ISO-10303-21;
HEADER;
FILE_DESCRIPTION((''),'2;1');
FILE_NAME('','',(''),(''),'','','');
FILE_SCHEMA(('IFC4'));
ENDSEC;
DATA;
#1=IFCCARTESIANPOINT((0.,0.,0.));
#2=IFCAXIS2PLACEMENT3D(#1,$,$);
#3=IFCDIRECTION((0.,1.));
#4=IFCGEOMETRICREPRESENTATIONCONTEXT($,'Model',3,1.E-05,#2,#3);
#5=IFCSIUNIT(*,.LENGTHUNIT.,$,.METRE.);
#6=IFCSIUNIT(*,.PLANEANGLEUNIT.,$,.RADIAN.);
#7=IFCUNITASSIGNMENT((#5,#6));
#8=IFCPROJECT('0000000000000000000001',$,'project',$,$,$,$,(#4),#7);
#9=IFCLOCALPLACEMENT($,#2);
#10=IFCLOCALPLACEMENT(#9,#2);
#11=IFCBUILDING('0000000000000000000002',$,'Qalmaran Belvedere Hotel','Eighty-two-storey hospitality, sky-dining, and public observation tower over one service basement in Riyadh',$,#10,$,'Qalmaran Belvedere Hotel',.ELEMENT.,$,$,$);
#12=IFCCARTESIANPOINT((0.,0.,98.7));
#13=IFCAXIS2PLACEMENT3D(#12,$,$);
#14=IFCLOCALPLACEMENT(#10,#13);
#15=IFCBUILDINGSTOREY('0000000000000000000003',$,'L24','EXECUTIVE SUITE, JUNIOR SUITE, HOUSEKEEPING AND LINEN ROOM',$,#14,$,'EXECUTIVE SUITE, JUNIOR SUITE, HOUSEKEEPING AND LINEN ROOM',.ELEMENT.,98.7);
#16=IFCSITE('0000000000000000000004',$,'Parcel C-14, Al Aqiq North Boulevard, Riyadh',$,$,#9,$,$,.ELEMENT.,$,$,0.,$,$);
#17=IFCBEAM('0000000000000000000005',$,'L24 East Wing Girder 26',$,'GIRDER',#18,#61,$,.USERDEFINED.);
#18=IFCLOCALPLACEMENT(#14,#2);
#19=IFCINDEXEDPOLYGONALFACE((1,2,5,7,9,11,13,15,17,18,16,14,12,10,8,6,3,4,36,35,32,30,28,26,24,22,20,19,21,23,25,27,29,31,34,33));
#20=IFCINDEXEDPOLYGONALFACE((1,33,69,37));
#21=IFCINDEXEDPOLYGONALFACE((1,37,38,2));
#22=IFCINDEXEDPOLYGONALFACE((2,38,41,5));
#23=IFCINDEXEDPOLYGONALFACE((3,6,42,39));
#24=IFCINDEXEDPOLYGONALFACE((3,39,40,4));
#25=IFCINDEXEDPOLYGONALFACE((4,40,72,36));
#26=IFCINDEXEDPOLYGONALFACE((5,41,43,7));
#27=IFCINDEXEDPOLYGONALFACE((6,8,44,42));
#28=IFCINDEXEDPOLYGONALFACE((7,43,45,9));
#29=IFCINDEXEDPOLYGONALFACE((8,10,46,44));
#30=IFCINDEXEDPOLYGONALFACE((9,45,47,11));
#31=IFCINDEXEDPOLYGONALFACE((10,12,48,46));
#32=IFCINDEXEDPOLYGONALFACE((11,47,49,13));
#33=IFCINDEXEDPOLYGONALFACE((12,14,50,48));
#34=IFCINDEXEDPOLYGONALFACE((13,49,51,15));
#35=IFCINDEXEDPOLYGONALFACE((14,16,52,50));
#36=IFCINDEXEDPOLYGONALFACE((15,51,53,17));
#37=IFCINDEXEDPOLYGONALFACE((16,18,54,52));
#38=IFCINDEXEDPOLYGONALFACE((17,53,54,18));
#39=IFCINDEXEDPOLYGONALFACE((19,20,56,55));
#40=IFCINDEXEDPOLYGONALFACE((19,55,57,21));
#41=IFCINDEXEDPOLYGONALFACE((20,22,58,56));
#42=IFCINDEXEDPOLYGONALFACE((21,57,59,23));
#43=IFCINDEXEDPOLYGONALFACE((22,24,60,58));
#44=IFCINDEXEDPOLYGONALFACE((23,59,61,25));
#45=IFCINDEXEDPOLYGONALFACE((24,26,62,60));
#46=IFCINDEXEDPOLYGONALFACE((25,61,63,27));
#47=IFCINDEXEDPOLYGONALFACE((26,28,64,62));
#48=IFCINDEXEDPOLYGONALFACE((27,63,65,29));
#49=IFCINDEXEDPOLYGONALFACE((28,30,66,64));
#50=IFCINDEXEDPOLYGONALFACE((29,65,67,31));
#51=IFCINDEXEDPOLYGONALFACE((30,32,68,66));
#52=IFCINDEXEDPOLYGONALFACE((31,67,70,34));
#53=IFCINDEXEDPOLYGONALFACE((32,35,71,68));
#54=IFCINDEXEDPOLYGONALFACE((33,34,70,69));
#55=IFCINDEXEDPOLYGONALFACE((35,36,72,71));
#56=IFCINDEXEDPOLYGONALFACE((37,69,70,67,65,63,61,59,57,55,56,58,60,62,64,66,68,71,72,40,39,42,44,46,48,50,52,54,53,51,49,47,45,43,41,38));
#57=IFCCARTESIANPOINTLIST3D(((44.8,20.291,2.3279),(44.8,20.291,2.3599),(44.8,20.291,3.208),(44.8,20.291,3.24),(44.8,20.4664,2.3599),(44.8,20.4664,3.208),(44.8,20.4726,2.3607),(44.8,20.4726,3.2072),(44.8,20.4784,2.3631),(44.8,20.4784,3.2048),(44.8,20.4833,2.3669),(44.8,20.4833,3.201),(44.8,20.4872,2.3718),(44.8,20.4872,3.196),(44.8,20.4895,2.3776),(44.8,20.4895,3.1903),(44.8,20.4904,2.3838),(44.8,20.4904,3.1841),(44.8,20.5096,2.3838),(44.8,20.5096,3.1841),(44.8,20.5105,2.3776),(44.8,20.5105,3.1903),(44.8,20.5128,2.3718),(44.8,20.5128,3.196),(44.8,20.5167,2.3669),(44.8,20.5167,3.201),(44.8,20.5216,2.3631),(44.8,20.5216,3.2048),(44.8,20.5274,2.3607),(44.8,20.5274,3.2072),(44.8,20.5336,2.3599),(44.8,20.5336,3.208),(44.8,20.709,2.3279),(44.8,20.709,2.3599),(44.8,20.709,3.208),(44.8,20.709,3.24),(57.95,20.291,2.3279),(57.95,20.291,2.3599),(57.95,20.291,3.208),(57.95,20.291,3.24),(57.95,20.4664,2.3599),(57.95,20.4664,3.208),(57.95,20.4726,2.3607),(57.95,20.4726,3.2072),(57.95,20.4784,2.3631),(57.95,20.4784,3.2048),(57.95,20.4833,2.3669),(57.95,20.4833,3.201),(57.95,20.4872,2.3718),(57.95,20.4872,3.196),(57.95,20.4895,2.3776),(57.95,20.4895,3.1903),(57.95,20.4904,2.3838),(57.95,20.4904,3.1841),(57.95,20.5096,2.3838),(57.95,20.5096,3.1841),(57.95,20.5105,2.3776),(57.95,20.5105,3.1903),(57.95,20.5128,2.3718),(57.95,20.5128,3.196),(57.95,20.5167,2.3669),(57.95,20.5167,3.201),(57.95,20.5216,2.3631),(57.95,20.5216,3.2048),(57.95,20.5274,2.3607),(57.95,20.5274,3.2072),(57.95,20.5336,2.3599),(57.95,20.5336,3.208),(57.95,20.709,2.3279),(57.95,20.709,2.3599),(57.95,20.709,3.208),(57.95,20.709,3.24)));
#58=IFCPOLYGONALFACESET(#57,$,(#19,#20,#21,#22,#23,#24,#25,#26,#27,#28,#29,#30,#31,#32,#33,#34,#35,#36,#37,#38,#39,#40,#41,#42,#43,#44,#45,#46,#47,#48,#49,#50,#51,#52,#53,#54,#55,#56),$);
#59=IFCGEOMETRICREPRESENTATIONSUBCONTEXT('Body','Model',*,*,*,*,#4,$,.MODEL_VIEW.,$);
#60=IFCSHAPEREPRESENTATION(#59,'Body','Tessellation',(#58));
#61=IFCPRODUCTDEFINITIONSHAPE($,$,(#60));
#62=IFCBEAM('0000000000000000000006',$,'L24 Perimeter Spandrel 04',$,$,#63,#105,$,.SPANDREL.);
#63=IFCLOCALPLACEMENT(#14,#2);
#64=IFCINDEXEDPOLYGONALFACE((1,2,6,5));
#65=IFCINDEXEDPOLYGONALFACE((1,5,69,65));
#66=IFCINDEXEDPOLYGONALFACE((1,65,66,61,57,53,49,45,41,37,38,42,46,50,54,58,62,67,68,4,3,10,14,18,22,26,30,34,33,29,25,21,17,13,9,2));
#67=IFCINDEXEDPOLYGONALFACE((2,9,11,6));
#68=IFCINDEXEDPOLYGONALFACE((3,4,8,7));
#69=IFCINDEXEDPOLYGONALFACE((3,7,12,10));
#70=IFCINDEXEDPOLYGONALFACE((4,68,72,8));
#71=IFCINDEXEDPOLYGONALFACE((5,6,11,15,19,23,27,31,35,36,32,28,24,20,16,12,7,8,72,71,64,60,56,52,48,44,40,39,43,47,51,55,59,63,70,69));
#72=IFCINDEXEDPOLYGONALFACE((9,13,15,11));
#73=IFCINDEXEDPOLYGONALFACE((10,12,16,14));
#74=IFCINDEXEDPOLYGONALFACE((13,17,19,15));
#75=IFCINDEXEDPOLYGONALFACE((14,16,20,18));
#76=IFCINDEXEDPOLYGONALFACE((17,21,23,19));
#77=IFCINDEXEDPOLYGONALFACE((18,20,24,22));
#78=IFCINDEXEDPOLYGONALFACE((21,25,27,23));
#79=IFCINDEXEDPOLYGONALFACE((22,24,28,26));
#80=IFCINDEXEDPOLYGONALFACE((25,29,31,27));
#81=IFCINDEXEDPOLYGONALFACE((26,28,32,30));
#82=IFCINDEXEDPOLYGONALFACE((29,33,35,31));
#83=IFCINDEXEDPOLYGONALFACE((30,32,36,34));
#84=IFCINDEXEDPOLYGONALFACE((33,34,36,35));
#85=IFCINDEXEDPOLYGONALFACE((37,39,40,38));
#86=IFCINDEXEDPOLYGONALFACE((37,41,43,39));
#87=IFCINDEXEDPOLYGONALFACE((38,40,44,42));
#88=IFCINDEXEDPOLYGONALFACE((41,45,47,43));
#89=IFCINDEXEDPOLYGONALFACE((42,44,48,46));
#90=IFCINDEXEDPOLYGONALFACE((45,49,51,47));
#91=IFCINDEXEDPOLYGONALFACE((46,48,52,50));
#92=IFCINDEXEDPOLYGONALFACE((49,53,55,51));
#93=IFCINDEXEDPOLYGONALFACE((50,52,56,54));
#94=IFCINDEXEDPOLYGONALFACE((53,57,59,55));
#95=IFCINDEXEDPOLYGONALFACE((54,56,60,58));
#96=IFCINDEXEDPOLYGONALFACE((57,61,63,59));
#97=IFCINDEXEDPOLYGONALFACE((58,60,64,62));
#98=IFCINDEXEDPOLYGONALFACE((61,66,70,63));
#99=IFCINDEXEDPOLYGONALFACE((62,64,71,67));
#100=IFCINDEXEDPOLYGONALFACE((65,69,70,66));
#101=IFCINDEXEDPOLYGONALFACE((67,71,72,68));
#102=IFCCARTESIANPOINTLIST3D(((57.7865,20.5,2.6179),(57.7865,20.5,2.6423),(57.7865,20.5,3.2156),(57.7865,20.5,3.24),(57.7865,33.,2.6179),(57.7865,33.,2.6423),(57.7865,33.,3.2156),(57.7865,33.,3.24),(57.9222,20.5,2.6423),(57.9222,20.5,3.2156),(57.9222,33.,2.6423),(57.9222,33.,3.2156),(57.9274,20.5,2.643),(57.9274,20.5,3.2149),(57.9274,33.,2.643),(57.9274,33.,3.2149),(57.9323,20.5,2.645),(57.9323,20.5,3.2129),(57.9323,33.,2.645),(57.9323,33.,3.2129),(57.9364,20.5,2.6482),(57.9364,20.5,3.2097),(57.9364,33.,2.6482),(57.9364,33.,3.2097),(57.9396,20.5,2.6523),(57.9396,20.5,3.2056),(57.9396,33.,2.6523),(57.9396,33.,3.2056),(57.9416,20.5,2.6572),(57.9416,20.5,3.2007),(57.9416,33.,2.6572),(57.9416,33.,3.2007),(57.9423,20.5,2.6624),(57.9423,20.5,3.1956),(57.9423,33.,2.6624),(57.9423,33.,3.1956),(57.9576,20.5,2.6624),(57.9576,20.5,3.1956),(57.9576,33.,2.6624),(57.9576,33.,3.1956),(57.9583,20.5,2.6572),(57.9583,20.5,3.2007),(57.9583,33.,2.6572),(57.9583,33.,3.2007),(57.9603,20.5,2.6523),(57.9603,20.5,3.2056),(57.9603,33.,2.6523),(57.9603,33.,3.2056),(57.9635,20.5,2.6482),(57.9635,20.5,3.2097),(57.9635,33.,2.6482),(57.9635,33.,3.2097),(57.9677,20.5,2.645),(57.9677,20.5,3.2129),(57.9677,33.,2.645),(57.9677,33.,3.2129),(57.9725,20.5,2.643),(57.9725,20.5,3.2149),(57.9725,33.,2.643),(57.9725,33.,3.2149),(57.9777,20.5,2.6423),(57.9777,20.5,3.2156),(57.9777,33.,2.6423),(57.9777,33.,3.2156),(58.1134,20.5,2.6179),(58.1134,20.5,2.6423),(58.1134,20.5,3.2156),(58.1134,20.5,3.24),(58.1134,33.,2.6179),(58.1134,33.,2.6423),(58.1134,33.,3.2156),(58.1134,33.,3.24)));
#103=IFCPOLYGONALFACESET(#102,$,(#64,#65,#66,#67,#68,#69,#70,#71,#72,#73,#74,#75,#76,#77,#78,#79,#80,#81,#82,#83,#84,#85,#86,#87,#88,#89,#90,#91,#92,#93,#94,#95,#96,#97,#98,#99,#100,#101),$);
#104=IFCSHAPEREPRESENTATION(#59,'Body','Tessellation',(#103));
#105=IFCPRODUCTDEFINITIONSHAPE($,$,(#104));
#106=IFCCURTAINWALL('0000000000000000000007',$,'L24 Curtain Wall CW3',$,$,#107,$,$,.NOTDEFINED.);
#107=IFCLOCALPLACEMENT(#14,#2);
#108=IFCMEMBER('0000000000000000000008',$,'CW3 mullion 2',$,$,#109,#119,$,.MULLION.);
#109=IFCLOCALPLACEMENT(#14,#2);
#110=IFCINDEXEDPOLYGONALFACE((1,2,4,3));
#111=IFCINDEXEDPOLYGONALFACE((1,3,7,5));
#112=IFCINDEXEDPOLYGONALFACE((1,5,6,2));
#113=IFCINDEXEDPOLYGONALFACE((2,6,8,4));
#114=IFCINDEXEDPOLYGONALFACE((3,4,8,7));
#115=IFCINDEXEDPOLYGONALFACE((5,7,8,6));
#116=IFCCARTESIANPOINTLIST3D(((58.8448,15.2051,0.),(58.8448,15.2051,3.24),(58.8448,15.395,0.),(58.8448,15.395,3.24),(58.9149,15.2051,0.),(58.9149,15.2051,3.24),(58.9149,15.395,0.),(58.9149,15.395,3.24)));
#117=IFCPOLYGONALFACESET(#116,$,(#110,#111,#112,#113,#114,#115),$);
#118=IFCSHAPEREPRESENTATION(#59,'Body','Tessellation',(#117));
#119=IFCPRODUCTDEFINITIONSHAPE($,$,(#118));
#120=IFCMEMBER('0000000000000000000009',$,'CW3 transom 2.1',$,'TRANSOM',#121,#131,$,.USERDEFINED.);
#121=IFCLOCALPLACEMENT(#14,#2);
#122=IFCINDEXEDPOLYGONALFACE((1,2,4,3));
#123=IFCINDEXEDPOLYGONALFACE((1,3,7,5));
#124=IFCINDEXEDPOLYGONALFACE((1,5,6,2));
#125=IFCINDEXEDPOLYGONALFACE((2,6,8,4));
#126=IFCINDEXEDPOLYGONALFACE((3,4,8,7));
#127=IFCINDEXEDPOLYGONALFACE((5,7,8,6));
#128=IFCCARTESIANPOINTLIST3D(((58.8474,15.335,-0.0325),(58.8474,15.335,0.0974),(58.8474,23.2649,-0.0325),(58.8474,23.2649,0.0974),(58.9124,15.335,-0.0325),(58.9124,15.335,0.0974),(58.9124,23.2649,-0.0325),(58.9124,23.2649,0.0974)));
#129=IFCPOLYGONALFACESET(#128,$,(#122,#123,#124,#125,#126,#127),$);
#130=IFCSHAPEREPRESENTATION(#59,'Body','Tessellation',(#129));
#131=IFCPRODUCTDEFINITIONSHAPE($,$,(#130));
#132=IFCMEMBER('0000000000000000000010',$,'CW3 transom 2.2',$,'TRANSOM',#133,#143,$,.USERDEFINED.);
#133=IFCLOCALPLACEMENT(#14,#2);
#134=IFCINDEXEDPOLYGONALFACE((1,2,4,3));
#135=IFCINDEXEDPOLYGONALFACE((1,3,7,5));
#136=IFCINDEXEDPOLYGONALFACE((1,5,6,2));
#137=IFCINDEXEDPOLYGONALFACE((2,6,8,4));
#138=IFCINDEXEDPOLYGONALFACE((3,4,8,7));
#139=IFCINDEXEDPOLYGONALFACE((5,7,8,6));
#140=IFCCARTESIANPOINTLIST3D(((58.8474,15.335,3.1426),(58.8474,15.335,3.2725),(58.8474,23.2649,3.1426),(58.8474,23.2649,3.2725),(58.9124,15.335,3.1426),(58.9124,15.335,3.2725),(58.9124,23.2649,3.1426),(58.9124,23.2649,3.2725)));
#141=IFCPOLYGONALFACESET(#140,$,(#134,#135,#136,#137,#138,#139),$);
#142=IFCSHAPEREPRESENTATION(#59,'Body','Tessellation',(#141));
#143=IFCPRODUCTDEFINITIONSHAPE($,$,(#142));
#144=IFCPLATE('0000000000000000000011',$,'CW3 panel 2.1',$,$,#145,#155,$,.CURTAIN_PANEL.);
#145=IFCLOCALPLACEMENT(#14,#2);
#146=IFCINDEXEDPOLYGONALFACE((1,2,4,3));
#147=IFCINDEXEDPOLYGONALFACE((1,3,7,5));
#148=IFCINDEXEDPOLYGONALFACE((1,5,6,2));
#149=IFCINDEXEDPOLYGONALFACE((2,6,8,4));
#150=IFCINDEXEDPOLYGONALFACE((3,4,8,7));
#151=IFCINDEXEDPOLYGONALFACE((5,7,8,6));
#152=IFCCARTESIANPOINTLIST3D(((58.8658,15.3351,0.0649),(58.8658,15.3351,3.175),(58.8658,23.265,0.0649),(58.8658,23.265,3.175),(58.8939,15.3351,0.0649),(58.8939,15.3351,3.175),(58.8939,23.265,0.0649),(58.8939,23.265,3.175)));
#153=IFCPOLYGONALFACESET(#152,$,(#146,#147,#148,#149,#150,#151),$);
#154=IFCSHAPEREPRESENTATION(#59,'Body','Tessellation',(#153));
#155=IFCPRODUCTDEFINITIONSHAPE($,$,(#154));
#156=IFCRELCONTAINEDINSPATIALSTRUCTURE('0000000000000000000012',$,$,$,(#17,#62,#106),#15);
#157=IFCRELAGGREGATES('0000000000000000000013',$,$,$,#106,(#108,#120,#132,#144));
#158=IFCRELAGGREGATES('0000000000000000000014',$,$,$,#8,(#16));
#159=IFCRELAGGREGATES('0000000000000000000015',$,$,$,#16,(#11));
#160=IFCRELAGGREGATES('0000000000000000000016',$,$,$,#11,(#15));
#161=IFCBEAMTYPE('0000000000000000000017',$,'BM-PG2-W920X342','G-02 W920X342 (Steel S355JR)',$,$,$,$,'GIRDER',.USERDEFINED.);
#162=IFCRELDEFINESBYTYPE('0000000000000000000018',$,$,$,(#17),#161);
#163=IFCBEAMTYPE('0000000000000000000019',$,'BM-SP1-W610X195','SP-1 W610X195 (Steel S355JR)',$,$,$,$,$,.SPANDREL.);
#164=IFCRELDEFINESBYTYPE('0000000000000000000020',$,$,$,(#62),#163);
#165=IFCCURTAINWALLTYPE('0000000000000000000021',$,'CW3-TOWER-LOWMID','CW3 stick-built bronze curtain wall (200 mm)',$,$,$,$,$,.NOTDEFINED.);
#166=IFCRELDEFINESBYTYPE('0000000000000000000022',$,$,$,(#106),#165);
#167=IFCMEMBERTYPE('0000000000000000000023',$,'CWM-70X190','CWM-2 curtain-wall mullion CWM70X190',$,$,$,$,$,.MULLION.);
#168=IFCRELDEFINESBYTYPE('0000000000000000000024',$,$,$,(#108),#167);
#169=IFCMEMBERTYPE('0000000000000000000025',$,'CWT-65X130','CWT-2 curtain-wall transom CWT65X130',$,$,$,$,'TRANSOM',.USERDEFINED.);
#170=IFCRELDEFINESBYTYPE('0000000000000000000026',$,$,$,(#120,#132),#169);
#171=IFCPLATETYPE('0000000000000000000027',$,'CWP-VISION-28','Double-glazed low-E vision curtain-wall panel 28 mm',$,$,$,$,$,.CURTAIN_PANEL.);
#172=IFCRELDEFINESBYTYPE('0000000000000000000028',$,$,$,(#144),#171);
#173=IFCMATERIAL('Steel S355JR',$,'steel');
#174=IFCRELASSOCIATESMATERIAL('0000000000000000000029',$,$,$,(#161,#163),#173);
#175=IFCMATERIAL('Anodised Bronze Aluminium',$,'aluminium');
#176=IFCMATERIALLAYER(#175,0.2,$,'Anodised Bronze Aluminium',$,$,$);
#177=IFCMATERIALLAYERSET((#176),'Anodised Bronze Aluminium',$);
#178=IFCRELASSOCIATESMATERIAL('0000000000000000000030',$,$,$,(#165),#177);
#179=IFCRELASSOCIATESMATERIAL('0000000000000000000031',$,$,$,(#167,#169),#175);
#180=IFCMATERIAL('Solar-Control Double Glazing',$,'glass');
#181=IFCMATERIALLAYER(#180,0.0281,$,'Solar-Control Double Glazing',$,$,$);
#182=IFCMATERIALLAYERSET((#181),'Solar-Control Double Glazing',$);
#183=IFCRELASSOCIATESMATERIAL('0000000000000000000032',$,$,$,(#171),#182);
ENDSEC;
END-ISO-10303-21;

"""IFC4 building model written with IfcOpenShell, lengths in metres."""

from ifc_helpers import new_model, si_unit, direction, frame, origin, origin_2d, place, context, subcontext, project, spatial, rectangle, i_section, extrude, material, layer, layer_set, material_profile, profile_set, type_object, element, aggregate, save


model = new_model("IFC4")

# Units and contexts
model_context = context("Model", 3, precision=1e-05, world=origin(), true_north=direction((0.0, 1.0)))
body_context = subcontext(model_context, "Body", "Model", "MODEL_VIEW")
ifc_project = project(units=[si_unit("LENGTHUNIT", "METRE"), si_unit("PLANEANGLEUNIT", "RADIAN")], contexts=[model_context])

# Site, building, storey
site_placement = place(None, origin())
site = spatial("IfcSite", under=ifc_project, at=site_placement, Name="Parcel C-14, Al Aqiq North Boulevard, Riyadh", CompositionType="ELEMENT", RefElevation=0.0)
building_placement = place(site_placement, origin())
building = spatial("IfcBuilding", under=site, at=building_placement, Name="Qalmaran Belvedere Hotel", Description="Eighty-two-storey hospitality, sky-dining, and public observation tower over one service basement in Riyadh", LongName="Qalmaran Belvedere Hotel", CompositionType="ELEMENT")
storey_placement = place(building_placement, frame((0.0, 0.0, 98.7)))
storey = spatial("IfcBuildingStorey", under=building, at=storey_placement, Name="L24", Description="EXECUTIVE SUITE, JUNIOR SUITE, HOUSEKEEPING AND LINEN ROOM", LongName="EXECUTIVE SUITE, JUNIOR SUITE, HOUSEKEEPING AND LINEN ROOM", CompositionType="ELEMENT", Elevation=98.7)

# Beams
ifc_material_1 = material(Name="Steel S355JR", Category="steel")
ifc_material_profile_1 = material_profile(ifc_material_1, i_section(OverallWidth=0.418, OverallDepth=0.9121, WebThickness=0.0193, FlangeThickness=0.032, FilletRadius=0.0239, at=origin_2d()), Name="W920X342")
ifc_profile_set_1 = profile_set([ifc_material_profile_1], Name="Steel S355JR")
beam_type_1 = type_object("IfcBeamType", Name="BM-PG2-W920X342", Description="G-02 W920X342 (Steel S355JR)", ElementType="GIRDER", PredefinedType="USERDEFINED", material=ifc_profile_set_1)
beam_1_placement = place(storey_placement, frame((44.8, 20.5, 2.7839), z_axis=(1.0, 0.0, 0.0), x_axis=(0.0, 1.0, 0.0)))
element("IfcBeam", 1, at=beam_1_placement, inside=storey, type_object=beam_type_1, Name="L24 East Wing Girder 26", ObjectType="GIRDER", PredefinedType="USERDEFINED", context=body_context, shape_type="SweptSolid", body=[
    extrude(i_section(OverallWidth=0.418, OverallDepth=0.9121, WebThickness=0.0193, FlangeThickness=0.032, FilletRadius=0.0239, at=origin_2d()), origin(), (0.0, 0.0, 1.0), 13.1499),
])
ifc_material_profile_2 = material_profile(ifc_material_1, i_section(OverallWidth=0.3269, OverallDepth=0.6221, WebThickness=0.0154, FlangeThickness=0.0244, FilletRadius=0.02, at=origin_2d()), Name="W610X195")
ifc_profile_set_2 = profile_set([ifc_material_profile_2], Name="Steel S355JR")
beam_type_2 = type_object("IfcBeamType", Name="BM-SP1-W610X195", Description="SP-1 W610X195 (Steel S355JR)", PredefinedType="SPANDREL", material=ifc_profile_set_2)
beam_2_placement = place(storey_placement, frame((57.95, 20.5, 2.929), z_axis=(0.0, 1.0, 0.0), x_axis=(-1.0, 0.0, 0.0)))
element("IfcBeam", 2, at=beam_2_placement, inside=storey, type_object=beam_type_2, Name="L24 Perimeter Spandrel 04", PredefinedType="SPANDREL", context=body_context, shape_type="SweptSolid", body=[
    extrude(i_section(OverallWidth=0.3269, OverallDepth=0.6221, WebThickness=0.0154, FlangeThickness=0.0244, FilletRadius=0.02, at=origin_2d()), origin(), (0.0, 0.0, 1.0), 12.5),
])

# Curtain wall, members, plate
ifc_material_2 = material(Name="Anodised Bronze Aluminium", Category="aluminium")
ifc_layer_1 = layer(ifc_material_2, 0.2, Name="Anodised Bronze Aluminium")
ifc_layer_set_1 = layer_set([ifc_layer_1], Name="Anodised Bronze Aluminium")
curtain_wall_type = type_object("IfcCurtainWallType", Name="CW3-TOWER-LOWMID", Description="CW3 stick-built bronze curtain wall (200 mm)", PredefinedType="NOTDEFINED", material=ifc_layer_set_1)
curtain_wall_placement = place(storey_placement, origin())
curtain_wall = element("IfcCurtainWall", 3, at=curtain_wall_placement, inside=storey, type_object=curtain_wall_type, Name="L24 Curtain Wall CW3", PredefinedType="NOTDEFINED")
ifc_material_profile_3 = material_profile(ifc_material_2, rectangle(XDim=0.0701, YDim=0.1899, at=origin_2d()), Name="CWM70X190")
ifc_profile_set_3 = profile_set([ifc_material_profile_3], Name="Anodised Bronze Aluminium")
member_type_1 = type_object("IfcMemberType", Name="CWM-70X190", Description="CWM-2 curtain-wall mullion CWM70X190", PredefinedType="MULLION", material=ifc_profile_set_3)
member_1_placement = place(storey_placement, frame((58.8799, 15.3, 0.0), z_axis=(0.0, 0.0, 1.0), x_axis=(-1.0, 0.0, 0.0)))
member_1 = element("IfcMember", 4, at=member_1_placement, type_object=member_type_1, Name="CW3 mullion 2", PredefinedType="MULLION", context=body_context, shape_type="SweptSolid", body=[
    extrude(rectangle(XDim=0.0701, YDim=0.1899, at=origin_2d()), origin(), (0.0, 0.0, 1.0), 3.24),
])
ifc_material_profile_4 = material_profile(ifc_material_2, rectangle(XDim=0.0649, YDim=0.1299, at=origin_2d()), Name="CWT65X130")
ifc_profile_set_4 = profile_set([ifc_material_profile_4], Name="Anodised Bronze Aluminium")
member_type_2 = type_object("IfcMemberType", Name="CWT-65X130", Description="CWT-2 curtain-wall transom CWT65X130", ElementType="TRANSOM", PredefinedType="USERDEFINED", material=ifc_profile_set_4)
member_2_placement = place(storey_placement, frame((58.8799, 15.335, 0.0325), z_axis=(0.0, 1.0, 0.0), x_axis=(-1.0, 0.0, 0.0)))
member_2 = element("IfcMember", 5, at=member_2_placement, type_object=member_type_2, Name="CW3 transom 2.1", ObjectType="TRANSOM", PredefinedType="USERDEFINED", context=body_context, shape_type="SweptSolid", body=[
    extrude(rectangle(XDim=0.0649, YDim=0.1299, at=origin_2d()), origin(), (0.0, 0.0, 1.0), 7.9299),
])
member_3_placement = place(storey_placement, frame((58.8799, 15.335, 3.2075), z_axis=(0.0, 1.0, 0.0), x_axis=(-1.0, 0.0, 0.0)))
member_3 = element("IfcMember", 6, at=member_3_placement, type_object=member_type_2, Name="CW3 transom 2.2", ObjectType="TRANSOM", PredefinedType="USERDEFINED", context=body_context, shape_type="SweptSolid", body=[
    extrude(rectangle(XDim=0.0649, YDim=0.1299, at=origin_2d()), origin(), (0.0, 0.0, 1.0), 7.9299),
])
ifc_material_3 = material(Name="Solar-Control Double Glazing", Category="glass")
ifc_layer_2 = layer(ifc_material_3, 0.0281, Name="Solar-Control Double Glazing")
ifc_layer_set_2 = layer_set([ifc_layer_2], Name="Solar-Control Double Glazing")
plate_type = type_object("IfcPlateType", Name="CWP-VISION-28", Description="Double-glazed low-E vision curtain-wall panel 28 mm", PredefinedType="CURTAIN_PANEL", material=ifc_layer_set_2)
plate_placement = place(storey_placement, frame((58.8799, 19.3, 0.0649), z_axis=(0.0, 0.0, 1.0), x_axis=(0.0, 1.0, 0.0)))
plate = element("IfcPlate", 7, at=plate_placement, type_object=plate_type, Name="CW3 panel 2.1", PredefinedType="CURTAIN_PANEL", context=body_context, shape_type="SweptSolid", body=[
    extrude(rectangle(XDim=7.9299, YDim=0.0281, at=origin_2d()), origin(), (0.0, 0.0, 1.0), 3.1101),
])
aggregate(curtain_wall, [member_1, member_2, member_3, plate])

save(model, "model.ifc")
